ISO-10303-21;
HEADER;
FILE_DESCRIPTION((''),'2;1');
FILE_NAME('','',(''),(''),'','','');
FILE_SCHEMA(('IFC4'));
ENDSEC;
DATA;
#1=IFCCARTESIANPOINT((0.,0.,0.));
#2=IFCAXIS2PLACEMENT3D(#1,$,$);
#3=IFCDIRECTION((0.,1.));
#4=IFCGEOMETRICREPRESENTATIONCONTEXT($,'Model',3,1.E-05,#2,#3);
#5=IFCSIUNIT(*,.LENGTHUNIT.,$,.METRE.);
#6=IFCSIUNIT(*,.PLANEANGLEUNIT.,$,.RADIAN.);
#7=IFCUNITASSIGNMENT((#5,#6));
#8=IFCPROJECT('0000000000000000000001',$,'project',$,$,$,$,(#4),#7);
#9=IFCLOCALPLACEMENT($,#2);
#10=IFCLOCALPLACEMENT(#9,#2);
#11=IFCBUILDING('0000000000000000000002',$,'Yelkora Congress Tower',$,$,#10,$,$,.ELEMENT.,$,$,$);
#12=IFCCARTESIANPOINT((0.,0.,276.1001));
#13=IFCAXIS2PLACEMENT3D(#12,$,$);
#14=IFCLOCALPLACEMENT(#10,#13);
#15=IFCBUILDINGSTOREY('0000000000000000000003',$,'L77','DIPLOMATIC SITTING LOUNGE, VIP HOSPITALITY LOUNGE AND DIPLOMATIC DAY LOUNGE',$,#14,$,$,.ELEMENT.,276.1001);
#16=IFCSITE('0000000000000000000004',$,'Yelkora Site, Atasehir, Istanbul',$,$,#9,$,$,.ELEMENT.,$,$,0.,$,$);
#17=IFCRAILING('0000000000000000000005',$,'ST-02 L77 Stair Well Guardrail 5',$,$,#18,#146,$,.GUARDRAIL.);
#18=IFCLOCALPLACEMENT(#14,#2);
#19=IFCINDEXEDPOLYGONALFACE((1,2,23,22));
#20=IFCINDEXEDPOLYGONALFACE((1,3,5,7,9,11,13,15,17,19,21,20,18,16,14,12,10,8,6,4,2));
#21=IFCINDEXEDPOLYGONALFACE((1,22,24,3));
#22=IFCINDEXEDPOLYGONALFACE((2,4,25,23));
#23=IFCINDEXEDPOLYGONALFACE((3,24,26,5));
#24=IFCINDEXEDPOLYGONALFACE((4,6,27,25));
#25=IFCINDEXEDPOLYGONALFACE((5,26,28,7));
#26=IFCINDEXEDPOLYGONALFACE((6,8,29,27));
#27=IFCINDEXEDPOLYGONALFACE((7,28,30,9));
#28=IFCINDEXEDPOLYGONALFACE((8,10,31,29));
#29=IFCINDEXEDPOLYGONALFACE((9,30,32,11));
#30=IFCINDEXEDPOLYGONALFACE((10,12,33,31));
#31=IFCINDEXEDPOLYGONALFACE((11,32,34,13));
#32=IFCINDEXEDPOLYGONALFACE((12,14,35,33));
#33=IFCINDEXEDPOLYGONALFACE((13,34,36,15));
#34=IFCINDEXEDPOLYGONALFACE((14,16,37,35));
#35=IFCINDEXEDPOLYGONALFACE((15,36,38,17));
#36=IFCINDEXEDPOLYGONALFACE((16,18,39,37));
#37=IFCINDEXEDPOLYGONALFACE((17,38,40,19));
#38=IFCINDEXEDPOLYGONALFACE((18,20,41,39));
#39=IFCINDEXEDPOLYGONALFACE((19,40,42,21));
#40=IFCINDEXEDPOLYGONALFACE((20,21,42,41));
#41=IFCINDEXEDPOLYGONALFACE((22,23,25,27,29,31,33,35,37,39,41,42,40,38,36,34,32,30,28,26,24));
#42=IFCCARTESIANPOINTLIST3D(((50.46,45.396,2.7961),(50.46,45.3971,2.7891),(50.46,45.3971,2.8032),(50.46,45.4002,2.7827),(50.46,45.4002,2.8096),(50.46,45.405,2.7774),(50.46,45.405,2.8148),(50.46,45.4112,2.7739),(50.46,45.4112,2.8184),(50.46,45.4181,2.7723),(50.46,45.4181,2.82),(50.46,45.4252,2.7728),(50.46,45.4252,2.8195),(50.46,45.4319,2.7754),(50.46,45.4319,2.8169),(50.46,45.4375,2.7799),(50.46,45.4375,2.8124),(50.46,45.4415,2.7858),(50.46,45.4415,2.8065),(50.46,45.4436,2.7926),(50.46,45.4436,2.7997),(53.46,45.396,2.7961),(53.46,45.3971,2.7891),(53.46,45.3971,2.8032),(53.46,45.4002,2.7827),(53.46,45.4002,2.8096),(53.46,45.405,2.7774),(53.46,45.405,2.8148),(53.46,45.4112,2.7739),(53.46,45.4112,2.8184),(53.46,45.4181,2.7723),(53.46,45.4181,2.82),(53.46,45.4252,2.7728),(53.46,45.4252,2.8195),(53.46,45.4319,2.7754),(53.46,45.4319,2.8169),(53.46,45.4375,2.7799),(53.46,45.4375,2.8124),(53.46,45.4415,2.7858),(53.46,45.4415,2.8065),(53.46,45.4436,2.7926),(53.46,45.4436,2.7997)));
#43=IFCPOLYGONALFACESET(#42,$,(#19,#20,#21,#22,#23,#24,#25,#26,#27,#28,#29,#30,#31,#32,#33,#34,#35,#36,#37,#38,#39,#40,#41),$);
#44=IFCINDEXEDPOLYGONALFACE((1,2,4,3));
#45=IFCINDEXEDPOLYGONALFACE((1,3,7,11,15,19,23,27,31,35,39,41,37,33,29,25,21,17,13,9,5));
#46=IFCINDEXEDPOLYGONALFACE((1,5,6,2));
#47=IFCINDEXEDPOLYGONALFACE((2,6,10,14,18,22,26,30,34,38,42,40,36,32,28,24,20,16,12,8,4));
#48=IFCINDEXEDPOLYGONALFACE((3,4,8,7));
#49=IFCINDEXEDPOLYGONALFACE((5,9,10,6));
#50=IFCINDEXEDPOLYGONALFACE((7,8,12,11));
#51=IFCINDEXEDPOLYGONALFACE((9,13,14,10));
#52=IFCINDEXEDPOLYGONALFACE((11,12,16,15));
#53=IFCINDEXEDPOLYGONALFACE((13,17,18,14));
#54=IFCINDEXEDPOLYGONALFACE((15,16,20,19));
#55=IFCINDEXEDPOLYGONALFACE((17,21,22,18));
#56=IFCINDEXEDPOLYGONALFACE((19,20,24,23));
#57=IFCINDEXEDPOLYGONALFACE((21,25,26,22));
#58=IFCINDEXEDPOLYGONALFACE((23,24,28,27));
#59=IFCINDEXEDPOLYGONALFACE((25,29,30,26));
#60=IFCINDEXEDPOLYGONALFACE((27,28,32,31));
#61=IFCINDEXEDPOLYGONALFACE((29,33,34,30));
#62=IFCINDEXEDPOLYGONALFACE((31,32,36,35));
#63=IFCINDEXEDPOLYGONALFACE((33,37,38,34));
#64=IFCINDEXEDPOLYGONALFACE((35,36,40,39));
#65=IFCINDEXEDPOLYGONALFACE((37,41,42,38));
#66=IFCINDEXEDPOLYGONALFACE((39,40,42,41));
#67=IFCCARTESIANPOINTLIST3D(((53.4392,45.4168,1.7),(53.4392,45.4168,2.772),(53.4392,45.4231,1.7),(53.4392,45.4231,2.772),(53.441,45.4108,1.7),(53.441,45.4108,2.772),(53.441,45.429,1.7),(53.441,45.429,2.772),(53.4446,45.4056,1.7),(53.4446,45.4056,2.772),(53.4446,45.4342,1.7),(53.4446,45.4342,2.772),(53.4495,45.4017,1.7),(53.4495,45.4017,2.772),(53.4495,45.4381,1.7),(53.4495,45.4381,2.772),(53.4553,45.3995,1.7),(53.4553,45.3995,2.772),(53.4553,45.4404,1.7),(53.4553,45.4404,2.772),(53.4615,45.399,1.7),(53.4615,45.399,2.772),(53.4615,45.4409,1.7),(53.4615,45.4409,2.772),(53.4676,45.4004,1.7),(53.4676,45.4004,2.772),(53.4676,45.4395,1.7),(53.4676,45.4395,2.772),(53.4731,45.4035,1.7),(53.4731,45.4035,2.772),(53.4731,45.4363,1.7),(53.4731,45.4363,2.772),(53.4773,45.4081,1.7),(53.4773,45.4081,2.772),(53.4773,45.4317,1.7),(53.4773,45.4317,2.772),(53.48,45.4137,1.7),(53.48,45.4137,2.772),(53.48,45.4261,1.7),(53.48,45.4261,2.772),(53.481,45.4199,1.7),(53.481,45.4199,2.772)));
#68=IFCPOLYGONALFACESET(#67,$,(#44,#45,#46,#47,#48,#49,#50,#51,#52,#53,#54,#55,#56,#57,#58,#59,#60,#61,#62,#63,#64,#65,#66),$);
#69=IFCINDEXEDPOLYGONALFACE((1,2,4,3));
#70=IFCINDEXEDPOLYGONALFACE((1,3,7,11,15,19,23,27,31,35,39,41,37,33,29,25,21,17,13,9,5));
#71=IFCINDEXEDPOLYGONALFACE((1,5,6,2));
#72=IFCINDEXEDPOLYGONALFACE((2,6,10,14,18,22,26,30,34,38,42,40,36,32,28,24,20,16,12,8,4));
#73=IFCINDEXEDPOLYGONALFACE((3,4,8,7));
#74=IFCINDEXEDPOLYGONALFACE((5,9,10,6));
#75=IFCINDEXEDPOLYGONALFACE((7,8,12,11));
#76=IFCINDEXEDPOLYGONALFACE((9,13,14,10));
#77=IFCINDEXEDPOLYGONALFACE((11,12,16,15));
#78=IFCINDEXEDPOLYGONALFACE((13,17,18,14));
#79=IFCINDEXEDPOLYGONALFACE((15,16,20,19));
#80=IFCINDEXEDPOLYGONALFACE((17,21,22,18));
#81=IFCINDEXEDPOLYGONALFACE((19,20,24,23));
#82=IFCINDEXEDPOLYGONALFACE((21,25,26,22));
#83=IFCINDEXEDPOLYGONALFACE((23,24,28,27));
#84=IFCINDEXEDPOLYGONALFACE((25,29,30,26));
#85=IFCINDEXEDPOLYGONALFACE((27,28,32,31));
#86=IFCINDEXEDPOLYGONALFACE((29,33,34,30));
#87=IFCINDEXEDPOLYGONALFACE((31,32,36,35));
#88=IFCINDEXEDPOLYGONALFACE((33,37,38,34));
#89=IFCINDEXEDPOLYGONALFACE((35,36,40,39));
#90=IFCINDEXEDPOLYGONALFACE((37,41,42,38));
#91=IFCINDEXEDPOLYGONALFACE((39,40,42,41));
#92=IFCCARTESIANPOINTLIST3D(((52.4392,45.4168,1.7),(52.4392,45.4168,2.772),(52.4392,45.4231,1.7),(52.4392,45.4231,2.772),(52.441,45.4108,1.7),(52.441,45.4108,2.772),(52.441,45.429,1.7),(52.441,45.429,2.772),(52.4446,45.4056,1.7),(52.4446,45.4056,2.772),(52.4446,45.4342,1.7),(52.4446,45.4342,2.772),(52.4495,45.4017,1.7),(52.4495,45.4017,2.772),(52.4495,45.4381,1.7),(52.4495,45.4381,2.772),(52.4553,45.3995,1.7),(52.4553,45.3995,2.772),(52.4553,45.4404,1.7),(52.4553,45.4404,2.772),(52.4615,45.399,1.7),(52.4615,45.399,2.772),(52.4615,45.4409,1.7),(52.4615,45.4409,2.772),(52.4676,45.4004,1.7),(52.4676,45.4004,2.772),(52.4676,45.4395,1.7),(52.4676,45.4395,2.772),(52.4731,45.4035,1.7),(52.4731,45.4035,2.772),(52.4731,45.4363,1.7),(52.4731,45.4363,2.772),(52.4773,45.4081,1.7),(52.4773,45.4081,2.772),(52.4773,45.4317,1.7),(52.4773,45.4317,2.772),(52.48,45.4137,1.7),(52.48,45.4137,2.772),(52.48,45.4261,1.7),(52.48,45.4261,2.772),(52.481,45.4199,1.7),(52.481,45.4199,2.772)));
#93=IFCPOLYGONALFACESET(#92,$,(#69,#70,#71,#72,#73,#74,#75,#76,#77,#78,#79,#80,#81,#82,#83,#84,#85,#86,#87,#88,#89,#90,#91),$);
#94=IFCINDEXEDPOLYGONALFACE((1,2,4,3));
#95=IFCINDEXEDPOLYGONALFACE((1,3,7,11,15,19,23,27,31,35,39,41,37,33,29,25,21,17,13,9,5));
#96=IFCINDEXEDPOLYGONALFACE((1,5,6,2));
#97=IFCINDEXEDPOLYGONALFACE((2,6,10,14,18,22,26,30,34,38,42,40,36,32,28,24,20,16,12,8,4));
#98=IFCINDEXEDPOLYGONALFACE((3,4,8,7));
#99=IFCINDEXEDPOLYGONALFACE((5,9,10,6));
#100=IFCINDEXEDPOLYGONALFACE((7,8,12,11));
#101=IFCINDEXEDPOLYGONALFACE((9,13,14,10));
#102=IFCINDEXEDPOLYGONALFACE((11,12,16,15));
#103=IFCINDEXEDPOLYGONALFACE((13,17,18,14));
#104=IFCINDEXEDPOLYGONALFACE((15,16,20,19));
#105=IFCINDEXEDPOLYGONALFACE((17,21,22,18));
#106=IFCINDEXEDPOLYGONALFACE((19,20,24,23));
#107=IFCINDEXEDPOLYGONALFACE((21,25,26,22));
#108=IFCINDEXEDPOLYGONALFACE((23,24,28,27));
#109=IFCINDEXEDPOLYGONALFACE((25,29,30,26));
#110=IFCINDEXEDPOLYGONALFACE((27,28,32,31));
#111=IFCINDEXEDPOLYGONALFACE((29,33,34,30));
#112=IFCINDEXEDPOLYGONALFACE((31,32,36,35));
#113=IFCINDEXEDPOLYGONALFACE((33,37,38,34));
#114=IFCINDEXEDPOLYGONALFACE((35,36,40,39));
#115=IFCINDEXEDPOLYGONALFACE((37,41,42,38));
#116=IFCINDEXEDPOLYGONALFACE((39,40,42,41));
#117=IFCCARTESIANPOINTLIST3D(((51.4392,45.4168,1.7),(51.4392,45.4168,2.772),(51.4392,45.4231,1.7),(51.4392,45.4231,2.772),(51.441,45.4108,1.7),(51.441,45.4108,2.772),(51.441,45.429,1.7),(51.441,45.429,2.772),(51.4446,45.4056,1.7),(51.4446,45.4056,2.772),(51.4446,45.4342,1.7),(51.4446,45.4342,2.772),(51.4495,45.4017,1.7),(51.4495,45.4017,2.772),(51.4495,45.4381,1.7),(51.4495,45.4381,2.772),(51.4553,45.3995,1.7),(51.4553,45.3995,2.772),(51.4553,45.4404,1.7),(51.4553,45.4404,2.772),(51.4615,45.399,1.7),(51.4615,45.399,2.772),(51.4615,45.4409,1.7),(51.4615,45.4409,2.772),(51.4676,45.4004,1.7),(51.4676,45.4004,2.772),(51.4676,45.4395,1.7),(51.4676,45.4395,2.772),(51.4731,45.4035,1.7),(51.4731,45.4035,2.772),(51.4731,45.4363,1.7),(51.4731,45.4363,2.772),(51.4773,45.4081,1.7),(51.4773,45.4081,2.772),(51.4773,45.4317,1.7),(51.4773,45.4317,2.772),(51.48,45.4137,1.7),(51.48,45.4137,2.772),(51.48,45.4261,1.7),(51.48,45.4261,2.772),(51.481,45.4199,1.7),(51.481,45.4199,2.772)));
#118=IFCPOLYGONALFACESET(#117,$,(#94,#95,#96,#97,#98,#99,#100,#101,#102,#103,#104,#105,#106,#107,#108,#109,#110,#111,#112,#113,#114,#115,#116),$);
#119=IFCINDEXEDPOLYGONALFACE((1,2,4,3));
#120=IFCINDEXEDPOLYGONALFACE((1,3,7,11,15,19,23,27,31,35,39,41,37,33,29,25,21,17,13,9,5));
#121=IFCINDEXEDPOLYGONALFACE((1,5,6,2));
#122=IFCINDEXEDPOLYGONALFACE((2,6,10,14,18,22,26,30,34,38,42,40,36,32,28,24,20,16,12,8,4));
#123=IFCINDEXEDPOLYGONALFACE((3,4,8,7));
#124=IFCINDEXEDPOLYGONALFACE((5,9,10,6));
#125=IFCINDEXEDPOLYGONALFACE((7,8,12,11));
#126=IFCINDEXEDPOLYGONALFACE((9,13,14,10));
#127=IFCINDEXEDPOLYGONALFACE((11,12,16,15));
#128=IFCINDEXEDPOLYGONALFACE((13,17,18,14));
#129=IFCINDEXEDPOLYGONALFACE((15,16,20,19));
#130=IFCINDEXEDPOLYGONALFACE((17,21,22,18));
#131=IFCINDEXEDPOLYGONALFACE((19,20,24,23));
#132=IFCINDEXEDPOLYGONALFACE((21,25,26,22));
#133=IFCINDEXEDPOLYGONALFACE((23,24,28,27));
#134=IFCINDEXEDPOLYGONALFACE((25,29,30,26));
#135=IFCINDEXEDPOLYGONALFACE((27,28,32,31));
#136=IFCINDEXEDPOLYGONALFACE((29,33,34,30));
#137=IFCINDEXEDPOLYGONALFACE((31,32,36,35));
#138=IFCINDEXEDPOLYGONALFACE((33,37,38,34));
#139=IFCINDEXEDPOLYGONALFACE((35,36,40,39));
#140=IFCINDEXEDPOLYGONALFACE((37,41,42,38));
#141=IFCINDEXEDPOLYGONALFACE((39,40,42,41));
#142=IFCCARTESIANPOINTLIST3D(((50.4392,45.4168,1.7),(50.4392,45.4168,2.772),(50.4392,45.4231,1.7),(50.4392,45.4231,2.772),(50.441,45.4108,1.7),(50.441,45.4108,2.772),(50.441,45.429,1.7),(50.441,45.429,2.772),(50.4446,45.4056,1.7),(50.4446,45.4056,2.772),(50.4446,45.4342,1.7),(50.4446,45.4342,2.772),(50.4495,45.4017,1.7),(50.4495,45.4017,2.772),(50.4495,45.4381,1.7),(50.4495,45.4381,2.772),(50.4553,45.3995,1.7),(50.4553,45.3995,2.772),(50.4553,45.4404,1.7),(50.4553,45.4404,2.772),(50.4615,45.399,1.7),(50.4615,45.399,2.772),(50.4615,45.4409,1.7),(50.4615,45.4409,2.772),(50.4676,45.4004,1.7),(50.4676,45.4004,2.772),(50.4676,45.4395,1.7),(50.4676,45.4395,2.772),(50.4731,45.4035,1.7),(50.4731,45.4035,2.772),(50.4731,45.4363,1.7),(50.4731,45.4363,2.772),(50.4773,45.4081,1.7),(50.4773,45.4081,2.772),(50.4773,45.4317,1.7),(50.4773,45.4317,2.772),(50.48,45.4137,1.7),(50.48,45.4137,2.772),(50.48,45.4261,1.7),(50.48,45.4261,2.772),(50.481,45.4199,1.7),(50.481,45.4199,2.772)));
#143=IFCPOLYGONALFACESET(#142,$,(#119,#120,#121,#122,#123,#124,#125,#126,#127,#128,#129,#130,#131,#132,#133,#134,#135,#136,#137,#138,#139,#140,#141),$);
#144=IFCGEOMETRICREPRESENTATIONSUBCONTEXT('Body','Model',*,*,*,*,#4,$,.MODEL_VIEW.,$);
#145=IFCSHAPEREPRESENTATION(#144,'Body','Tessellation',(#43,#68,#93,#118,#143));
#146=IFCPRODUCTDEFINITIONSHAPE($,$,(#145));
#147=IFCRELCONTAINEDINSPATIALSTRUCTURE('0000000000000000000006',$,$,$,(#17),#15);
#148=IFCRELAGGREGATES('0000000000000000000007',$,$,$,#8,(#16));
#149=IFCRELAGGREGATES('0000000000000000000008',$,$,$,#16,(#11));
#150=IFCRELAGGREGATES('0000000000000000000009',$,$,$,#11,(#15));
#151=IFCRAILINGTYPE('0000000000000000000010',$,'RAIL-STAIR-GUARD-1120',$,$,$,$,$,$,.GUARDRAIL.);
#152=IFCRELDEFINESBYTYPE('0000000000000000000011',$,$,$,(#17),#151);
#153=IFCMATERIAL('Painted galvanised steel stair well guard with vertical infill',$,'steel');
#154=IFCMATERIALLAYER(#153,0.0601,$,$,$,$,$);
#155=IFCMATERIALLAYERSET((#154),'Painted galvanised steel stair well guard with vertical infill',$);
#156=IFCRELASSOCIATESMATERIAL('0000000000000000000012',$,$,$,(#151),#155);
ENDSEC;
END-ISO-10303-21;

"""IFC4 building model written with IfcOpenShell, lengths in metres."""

from ifc_helpers import new_model, si_unit, direction, frame, origin, origin_2d, place, context, subcontext, project, spatial, circle, extrude, material, layer, layer_set, type_object, element, save


model = new_model("IFC4")

# Units and contexts
model_context = context("Model", 3, precision=1e-05, world=origin(), true_north=direction((0.0, 1.0)))
body_context = subcontext(model_context, "Body", "Model", "MODEL_VIEW")
ifc_project = project(units=[si_unit("LENGTHUNIT", "METRE"), si_unit("PLANEANGLEUNIT", "RADIAN")], contexts=[model_context])

# Site, building, storey
site_placement = place(None, origin())
site = spatial("IfcSite", under=ifc_project, at=site_placement, Name="Yelkora Site, Atasehir, Istanbul", CompositionType="ELEMENT", RefElevation=0.0)
building_placement = place(site_placement, origin())
building = spatial("IfcBuilding", under=site, at=building_placement, Name="Yelkora Congress Tower", CompositionType="ELEMENT")
storey_placement = place(building_placement, frame((0.0, 0.0, 276.1001)))
storey = spatial("IfcBuildingStorey", under=building, at=storey_placement, Name="L77", Description="DIPLOMATIC SITTING LOUNGE, VIP HOSPITALITY LOUNGE AND DIPLOMATIC DAY LOUNGE", CompositionType="ELEMENT", Elevation=276.1001)

# Railing
ifc_material_1 = material(Name="Painted galvanised steel stair well guard with vertical infill", Category="steel")
ifc_layer_1 = layer(ifc_material_1, 0.0601)
ifc_layer_set_1 = layer_set([ifc_layer_1], Name="Painted galvanised steel stair well guard with vertical infill")
railing_type = type_object("IfcRailingType", Name="RAIL-STAIR-GUARD-1120", PredefinedType="GUARDRAIL", material=ifc_layer_set_1)
railing_1_placement = place(storey_placement, frame((53.46, 45.4199, 1.7)))
element("IfcRailing", 1, at=railing_1_placement, inside=storey, type_object=railing_type, Name="ST-02 L77 Stair Well Guardrail 5", PredefinedType="GUARDRAIL", context=body_context, shape_type="SweptSolid", body=[
    extrude(circle(Radius=0.0239, at=origin_2d()), frame((0.0, 0.0, 1.0962), z_axis=(-1.0, 0.0, 0.0), x_axis=(0.0, -1.0, 0.0)), (0.0, 0.0, 1.0), 3.0),
    extrude(circle(Radius=0.021, at=origin_2d()), origin(), (0.0, 0.0, 1.0), 1.072),
    extrude(circle(Radius=0.021, at=origin_2d()), frame((-1.0, 0.0, 0.0)), (0.0, 0.0, 1.0), 1.072),
    extrude(circle(Radius=0.021, at=origin_2d()), frame((-2.0, 0.0, 0.0)), (0.0, 0.0, 1.0), 1.072),
    extrude(circle(Radius=0.021, at=origin_2d()), frame((-3.0, 0.0, 0.0)), (0.0, 0.0, 1.0), 1.072),
])

save(model, "model.ifc")
